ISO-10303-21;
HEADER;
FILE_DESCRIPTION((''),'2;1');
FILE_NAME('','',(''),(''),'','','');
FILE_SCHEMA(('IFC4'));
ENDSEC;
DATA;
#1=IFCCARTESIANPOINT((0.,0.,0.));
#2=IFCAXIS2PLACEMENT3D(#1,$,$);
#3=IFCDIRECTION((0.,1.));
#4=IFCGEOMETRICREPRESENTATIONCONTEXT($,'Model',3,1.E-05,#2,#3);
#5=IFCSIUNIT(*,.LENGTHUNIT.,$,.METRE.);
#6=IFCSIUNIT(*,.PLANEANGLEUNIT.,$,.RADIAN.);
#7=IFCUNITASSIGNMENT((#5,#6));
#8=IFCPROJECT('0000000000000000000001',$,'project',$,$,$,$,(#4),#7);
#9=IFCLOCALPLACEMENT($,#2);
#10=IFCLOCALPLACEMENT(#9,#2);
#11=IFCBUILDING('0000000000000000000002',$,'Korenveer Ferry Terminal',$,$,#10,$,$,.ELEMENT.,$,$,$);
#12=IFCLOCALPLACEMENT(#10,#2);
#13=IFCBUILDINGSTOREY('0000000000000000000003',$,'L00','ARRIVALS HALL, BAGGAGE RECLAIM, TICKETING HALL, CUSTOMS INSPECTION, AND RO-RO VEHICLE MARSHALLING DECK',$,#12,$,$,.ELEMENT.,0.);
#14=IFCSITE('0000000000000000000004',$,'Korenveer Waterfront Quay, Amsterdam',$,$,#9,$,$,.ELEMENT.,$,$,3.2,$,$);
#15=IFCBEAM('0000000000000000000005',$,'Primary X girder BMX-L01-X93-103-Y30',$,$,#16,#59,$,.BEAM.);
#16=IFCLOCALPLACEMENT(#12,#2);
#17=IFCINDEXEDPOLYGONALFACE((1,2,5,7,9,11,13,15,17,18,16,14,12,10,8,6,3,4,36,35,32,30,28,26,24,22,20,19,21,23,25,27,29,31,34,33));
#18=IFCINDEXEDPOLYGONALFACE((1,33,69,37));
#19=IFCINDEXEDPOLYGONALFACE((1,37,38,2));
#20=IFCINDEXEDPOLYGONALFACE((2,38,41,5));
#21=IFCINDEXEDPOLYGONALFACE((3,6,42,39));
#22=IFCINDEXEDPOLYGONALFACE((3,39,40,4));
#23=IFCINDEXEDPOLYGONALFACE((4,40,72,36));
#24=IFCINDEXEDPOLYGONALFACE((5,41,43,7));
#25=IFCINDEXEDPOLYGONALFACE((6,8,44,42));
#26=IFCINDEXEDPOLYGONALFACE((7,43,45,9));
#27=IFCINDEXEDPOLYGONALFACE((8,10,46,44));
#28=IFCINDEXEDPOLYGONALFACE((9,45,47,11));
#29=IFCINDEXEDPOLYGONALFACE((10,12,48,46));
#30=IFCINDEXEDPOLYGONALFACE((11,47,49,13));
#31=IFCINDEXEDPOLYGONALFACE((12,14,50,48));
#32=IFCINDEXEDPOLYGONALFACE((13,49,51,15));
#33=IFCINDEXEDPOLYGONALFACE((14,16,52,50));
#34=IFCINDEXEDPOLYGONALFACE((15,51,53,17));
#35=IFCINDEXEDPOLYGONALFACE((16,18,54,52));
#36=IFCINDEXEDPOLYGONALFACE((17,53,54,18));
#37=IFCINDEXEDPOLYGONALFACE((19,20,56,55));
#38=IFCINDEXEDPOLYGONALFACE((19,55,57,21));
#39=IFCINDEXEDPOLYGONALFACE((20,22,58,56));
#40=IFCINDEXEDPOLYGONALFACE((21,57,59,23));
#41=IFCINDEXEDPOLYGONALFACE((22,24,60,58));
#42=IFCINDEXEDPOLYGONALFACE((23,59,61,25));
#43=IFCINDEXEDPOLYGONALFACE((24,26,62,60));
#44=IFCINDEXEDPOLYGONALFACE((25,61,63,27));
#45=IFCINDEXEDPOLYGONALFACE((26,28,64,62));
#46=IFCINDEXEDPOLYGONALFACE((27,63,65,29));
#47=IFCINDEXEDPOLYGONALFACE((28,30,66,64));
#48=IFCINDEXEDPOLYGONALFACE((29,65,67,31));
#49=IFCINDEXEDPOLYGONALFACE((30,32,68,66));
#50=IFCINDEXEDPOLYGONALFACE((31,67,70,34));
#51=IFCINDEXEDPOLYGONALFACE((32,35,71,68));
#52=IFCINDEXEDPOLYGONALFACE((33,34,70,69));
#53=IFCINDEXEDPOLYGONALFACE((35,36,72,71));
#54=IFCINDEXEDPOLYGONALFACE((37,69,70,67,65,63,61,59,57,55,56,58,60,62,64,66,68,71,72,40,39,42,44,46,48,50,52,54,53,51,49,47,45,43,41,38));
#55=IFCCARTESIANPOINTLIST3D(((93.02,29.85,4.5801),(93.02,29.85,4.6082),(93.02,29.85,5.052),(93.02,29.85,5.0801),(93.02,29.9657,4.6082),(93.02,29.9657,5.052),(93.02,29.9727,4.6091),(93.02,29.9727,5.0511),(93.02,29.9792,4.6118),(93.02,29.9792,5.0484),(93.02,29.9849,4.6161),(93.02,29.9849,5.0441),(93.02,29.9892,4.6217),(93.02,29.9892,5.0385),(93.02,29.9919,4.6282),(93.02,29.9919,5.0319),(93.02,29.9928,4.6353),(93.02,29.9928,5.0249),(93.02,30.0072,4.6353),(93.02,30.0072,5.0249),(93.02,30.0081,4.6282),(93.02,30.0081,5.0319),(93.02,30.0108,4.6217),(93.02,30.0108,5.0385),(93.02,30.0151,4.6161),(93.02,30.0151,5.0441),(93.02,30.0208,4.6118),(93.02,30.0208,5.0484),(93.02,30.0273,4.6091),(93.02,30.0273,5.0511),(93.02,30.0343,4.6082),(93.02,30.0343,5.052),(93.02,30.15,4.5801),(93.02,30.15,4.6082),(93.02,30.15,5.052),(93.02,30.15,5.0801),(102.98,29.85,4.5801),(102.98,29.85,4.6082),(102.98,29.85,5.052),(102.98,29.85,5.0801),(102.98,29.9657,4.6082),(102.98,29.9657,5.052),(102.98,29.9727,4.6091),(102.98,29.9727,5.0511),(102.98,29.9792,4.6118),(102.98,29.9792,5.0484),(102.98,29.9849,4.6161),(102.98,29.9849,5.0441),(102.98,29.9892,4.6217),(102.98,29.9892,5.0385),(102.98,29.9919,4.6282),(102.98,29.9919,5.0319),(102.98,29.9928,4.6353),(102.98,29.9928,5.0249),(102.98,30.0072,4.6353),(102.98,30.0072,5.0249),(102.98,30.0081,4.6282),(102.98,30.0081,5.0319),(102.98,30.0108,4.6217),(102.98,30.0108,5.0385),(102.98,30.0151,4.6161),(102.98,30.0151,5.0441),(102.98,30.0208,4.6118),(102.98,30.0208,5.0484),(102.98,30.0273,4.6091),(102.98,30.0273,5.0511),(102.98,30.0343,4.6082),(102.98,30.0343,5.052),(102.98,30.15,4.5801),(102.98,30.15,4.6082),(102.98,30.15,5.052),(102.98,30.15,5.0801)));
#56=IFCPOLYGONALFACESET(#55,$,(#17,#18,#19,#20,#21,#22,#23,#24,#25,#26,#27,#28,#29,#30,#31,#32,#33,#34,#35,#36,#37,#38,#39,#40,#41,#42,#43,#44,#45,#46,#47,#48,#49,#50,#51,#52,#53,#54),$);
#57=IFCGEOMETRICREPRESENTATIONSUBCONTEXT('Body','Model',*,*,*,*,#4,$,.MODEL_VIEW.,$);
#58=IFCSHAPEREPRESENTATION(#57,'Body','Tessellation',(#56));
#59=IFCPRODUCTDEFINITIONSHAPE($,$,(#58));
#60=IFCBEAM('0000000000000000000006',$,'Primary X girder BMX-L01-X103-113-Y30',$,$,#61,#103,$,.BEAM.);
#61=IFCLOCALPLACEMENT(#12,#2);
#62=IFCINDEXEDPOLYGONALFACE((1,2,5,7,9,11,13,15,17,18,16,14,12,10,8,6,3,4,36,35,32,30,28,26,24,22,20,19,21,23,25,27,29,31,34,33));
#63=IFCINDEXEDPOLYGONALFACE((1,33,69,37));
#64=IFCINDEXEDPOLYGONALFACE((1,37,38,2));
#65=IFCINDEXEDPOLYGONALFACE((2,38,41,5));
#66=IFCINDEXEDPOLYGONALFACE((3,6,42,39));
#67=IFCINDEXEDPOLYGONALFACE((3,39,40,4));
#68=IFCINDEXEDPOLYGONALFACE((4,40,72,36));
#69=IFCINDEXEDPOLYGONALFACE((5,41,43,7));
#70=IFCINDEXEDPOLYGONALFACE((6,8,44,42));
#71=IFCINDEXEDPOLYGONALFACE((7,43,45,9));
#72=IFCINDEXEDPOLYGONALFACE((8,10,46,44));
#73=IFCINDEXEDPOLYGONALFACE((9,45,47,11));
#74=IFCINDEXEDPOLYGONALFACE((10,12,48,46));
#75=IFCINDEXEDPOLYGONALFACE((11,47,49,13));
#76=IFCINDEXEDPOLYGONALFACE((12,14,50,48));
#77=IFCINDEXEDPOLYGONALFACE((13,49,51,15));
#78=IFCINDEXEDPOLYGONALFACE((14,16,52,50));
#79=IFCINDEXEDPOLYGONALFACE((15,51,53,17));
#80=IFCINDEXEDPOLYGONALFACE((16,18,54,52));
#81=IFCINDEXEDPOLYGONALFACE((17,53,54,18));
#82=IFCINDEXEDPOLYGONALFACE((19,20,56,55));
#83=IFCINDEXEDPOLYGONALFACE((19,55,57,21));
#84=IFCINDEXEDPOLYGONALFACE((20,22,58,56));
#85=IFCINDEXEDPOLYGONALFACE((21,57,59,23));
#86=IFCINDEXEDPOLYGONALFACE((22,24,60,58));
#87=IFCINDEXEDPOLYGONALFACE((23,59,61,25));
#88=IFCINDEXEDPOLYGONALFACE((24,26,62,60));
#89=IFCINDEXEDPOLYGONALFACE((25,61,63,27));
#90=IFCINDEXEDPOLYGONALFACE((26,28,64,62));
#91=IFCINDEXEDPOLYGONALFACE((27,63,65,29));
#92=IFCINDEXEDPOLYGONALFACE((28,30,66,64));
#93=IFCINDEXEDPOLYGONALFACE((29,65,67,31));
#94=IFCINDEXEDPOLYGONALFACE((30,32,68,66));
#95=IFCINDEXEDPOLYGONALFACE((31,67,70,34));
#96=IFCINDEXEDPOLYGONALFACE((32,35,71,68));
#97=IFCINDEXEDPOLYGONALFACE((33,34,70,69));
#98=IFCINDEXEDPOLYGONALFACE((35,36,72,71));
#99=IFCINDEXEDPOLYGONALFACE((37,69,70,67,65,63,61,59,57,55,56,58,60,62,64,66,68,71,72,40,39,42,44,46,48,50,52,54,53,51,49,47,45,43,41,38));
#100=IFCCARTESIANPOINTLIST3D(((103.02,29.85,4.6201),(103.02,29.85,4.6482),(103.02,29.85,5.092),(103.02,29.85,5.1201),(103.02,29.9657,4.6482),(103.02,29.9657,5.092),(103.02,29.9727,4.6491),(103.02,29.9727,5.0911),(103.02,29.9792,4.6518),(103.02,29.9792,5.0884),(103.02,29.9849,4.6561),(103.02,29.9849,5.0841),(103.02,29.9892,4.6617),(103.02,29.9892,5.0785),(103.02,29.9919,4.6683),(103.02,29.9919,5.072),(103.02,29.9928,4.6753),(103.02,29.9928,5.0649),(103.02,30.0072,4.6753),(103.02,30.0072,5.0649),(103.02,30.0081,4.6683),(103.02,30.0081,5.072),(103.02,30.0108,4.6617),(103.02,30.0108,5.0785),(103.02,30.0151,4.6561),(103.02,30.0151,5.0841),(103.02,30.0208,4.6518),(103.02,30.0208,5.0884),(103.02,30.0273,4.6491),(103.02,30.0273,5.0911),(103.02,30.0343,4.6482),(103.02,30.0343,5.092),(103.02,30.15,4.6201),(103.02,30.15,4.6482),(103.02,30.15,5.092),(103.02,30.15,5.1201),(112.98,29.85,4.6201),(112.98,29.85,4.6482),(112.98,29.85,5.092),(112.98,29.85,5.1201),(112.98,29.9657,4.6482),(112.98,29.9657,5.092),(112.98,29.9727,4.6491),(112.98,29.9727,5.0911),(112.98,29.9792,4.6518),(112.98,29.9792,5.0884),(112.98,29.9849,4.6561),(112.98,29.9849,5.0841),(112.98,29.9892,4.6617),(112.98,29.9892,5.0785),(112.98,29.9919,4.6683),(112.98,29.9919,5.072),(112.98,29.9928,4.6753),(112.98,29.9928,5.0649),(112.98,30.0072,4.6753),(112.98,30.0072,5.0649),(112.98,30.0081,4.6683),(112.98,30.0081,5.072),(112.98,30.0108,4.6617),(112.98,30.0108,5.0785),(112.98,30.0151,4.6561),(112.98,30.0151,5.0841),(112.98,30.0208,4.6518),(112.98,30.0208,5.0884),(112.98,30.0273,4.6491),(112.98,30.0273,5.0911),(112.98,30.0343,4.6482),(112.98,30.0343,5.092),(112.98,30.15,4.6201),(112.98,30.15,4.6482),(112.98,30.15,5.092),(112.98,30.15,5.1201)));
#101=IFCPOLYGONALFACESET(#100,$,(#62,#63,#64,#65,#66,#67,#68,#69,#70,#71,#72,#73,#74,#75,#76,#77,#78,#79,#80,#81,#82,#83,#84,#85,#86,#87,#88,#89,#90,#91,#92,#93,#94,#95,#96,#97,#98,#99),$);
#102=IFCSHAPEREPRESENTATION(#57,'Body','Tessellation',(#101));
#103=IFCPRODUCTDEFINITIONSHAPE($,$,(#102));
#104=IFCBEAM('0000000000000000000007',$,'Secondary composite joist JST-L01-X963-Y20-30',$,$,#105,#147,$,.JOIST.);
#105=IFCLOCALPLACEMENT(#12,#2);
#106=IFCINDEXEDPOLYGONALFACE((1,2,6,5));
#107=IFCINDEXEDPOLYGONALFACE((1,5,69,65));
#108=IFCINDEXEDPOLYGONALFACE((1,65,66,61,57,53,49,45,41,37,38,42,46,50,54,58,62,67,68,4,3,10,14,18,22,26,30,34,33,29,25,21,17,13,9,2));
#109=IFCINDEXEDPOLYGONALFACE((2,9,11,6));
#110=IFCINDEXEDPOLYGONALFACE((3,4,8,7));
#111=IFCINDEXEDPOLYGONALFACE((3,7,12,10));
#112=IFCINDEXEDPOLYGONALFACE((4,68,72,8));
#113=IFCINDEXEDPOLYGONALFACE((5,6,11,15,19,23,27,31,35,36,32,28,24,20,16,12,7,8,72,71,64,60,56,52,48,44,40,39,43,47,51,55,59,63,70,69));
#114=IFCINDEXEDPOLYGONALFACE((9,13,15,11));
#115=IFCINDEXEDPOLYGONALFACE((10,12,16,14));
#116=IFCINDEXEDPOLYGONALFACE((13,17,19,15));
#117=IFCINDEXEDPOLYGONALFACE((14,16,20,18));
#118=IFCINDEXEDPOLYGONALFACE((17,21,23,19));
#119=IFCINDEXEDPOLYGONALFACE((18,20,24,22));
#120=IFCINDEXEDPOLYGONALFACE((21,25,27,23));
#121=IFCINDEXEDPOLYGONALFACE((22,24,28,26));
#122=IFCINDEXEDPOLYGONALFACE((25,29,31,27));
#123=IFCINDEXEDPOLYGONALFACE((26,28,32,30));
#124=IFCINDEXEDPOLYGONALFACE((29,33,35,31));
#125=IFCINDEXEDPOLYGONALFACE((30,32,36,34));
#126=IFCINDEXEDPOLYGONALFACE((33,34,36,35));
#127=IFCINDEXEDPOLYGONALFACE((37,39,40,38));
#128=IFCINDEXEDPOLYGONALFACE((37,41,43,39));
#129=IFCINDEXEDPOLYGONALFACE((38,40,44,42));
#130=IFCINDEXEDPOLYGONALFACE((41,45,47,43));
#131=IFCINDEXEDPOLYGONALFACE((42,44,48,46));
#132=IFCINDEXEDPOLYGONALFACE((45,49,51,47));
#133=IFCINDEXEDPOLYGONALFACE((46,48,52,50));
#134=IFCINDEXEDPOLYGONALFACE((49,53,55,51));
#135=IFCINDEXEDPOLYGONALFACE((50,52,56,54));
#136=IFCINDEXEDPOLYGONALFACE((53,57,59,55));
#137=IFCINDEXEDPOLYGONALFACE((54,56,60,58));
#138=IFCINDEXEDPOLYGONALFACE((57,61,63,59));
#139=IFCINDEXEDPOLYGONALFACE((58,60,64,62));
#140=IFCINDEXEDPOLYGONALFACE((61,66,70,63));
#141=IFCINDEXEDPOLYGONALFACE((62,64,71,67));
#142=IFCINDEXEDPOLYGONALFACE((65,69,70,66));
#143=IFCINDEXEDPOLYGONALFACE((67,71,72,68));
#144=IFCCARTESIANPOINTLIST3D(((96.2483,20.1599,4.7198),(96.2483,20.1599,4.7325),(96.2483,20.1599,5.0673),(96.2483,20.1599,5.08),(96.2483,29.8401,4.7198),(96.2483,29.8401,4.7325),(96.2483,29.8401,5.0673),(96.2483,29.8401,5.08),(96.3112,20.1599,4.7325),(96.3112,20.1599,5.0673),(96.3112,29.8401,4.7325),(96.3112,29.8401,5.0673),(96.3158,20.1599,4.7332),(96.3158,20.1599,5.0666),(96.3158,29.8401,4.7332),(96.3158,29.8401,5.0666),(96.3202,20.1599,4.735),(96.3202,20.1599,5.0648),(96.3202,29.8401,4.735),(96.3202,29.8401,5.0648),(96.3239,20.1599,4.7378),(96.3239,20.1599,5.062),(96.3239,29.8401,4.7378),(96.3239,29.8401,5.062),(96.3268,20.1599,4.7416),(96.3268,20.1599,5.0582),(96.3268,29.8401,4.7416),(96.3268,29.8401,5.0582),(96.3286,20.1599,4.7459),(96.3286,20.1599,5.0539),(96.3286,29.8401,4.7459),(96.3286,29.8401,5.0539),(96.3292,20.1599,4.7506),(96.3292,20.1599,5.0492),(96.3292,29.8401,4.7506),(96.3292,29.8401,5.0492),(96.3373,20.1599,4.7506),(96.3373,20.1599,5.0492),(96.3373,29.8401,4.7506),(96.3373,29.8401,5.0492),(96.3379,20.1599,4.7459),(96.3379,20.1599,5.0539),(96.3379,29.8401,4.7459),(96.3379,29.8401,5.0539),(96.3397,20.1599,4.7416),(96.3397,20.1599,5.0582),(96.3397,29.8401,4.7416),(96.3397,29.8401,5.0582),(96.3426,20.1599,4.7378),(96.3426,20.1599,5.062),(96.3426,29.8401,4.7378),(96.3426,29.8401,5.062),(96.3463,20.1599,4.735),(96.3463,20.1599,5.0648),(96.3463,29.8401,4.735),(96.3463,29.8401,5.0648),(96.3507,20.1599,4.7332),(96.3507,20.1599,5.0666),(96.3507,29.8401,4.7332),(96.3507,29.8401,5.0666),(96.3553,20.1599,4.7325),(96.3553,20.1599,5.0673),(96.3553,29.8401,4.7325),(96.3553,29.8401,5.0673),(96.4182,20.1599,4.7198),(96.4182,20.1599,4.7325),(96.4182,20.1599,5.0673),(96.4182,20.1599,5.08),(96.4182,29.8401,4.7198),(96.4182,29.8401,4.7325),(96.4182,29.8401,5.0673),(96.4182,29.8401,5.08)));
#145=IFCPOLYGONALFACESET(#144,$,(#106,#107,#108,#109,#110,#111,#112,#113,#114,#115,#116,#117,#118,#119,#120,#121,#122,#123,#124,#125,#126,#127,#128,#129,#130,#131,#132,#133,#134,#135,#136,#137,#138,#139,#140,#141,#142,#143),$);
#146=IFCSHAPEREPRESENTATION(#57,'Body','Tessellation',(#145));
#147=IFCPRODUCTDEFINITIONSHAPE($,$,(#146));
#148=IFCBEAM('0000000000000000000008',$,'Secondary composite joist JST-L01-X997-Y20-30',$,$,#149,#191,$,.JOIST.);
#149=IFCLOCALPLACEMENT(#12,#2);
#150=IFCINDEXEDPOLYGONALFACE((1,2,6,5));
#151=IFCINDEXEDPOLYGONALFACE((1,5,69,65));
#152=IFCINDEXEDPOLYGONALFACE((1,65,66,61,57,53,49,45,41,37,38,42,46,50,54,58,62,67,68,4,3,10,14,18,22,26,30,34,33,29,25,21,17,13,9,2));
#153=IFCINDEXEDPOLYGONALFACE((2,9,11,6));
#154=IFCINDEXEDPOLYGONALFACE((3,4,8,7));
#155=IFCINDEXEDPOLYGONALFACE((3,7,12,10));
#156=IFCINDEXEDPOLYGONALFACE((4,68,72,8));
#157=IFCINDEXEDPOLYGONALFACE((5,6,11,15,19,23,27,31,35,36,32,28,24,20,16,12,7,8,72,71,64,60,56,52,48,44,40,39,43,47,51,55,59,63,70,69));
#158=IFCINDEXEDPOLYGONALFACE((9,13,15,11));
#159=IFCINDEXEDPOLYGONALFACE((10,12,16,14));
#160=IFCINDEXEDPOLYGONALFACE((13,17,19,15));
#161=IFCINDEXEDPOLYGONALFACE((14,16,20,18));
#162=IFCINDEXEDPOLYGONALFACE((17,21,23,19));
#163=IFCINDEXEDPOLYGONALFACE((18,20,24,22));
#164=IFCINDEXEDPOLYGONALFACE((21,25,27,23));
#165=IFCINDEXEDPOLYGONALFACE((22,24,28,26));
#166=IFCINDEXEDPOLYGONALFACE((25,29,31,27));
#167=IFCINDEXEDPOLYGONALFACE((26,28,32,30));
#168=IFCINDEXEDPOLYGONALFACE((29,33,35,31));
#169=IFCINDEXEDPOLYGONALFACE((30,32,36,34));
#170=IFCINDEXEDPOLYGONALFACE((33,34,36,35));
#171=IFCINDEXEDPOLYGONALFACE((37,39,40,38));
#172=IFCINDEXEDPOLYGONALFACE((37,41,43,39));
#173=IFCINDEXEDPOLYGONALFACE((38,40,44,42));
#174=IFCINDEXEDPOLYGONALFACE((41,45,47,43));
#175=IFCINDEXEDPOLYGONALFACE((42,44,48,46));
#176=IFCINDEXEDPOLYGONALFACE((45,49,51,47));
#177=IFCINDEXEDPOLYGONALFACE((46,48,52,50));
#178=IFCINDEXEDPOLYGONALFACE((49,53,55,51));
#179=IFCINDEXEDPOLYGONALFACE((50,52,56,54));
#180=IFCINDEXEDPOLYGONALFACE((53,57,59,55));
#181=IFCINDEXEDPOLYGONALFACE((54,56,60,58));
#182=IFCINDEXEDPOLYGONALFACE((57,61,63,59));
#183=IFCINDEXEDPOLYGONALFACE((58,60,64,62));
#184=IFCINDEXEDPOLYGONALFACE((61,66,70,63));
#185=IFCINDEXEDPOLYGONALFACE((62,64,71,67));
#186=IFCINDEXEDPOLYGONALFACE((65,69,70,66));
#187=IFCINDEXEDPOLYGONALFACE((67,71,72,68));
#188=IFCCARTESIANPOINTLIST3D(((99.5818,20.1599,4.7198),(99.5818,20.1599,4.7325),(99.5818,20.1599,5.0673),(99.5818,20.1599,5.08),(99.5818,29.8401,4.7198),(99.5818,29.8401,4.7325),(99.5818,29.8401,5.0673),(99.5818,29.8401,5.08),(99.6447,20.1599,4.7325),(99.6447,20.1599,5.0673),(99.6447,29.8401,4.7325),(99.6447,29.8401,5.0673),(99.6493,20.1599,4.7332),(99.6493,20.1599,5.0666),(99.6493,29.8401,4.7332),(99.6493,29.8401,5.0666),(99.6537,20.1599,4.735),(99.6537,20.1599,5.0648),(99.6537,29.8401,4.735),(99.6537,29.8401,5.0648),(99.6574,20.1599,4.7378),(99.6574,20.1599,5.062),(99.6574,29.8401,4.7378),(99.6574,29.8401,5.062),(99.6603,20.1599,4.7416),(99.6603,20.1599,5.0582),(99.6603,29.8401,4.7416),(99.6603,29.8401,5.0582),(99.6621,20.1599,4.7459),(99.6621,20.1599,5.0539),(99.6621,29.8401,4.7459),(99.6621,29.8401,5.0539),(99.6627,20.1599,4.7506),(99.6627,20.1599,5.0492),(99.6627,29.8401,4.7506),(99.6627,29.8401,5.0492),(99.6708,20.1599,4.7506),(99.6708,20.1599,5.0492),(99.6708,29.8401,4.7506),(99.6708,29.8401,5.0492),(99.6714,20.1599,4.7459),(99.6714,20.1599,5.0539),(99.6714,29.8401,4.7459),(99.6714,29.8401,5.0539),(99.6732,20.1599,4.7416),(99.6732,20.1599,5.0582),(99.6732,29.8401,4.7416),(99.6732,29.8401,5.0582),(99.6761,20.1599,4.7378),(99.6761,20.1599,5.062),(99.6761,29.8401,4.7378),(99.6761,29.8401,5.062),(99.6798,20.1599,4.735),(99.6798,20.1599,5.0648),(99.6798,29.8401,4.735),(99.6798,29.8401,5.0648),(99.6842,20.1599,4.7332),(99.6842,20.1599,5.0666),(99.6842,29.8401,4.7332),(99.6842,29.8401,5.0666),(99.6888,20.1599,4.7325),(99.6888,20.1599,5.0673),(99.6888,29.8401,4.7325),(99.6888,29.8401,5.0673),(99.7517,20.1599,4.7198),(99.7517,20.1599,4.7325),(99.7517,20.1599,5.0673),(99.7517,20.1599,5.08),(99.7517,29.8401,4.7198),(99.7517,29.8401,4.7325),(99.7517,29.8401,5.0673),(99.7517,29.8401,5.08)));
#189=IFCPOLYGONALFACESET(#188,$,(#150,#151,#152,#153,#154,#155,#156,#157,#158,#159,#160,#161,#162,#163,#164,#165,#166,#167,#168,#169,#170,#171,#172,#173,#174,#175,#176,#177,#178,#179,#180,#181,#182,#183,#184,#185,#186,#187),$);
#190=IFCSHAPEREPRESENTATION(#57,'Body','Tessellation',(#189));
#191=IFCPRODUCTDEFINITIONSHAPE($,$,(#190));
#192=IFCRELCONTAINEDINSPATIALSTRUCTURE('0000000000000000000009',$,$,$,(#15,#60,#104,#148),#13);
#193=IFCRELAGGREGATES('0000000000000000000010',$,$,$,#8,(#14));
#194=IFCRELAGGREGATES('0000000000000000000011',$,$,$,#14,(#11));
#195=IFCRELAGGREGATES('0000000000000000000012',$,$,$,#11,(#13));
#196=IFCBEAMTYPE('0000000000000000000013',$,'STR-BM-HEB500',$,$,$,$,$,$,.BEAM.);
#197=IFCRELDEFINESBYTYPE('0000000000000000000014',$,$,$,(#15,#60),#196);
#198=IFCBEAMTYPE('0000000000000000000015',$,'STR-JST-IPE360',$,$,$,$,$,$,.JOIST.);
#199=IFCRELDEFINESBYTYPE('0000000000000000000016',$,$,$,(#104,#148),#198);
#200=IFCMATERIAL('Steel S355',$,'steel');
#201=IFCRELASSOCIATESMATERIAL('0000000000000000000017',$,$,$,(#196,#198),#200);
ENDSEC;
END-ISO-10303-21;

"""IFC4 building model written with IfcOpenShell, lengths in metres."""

from ifc_helpers import new_model, si_unit, direction, frame, origin, origin_2d, place, context, subcontext, project, spatial, i_section, extrude, material, material_profile, profile_set, type_object, element, save


model = new_model("IFC4")

# Units and contexts
model_context = context("Model", 3, precision=1e-05, world=origin(), true_north=direction((0.0, 1.0)))
body_context = subcontext(model_context, "Body", "Model", "MODEL_VIEW")
ifc_project = project(units=[si_unit("LENGTHUNIT", "METRE"), si_unit("PLANEANGLEUNIT", "RADIAN")], contexts=[model_context])

# Site, building, storey
site_placement = place(None, origin())
site = spatial("IfcSite", under=ifc_project, at=site_placement, Name="Korenveer Waterfront Quay, Amsterdam", CompositionType="ELEMENT", RefElevation=3.2)
building_placement = place(site_placement, origin())
building = spatial("IfcBuilding", under=site, at=building_placement, Name="Korenveer Ferry Terminal", CompositionType="ELEMENT")
storey_placement = place(building_placement, origin())
storey = spatial("IfcBuildingStorey", under=building, at=storey_placement, Name="L00", Description="ARRIVALS HALL, BAGGAGE RECLAIM, TICKETING HALL, CUSTOMS INSPECTION, AND RO-RO VEHICLE MARSHALLING DECK", CompositionType="ELEMENT", Elevation=0.0)

# Shared definitions
ifc_material_1 = material(Name="Steel S355", Category="steel")

# Beams
ifc_material_profile_1 = material_profile(ifc_material_1, i_section(OverallWidth=0.3, OverallDepth=0.5, WebThickness=0.0144, FlangeThickness=0.0281, FilletRadius=0.0271, at=origin_2d()), Name="HEB 500")
ifc_profile_set_1 = profile_set([ifc_material_profile_1], Name="Steel S355")
beam_type_1 = type_object("IfcBeamType", Name="STR-BM-HEB500", PredefinedType="BEAM", material=ifc_profile_set_1)
for number, where, z_axis, x_axis, name in (
    (1, (93.02, 30.0, 4.8301), (1.0, 0.0, 0.0), (0.0, 1.0, 0.0), "Primary X girder BMX-L01-X93-103-Y30"),
    (2, (103.02, 30.0, 4.8701), (1.0, 0.0, 0.0), (0.0, 1.0, 0.0), "Primary X girder BMX-L01-X103-113-Y30"),
):
    element("IfcBeam", number, at=place(storey_placement, frame(where, z_axis=z_axis, x_axis=x_axis)), inside=storey, type_object=beam_type_1, Name=name, PredefinedType="BEAM", context=body_context, shape_type="SweptSolid", body=[
        extrude(i_section(OverallWidth=0.3, OverallDepth=0.5, WebThickness=0.0144, FlangeThickness=0.0281, FilletRadius=0.0271, at=origin_2d()), origin(), (0.0, 0.0, 1.0), 9.96),
    ])
ifc_material_profile_2 = material_profile(ifc_material_1, i_section(OverallWidth=0.1699, OverallDepth=0.3601, WebThickness=0.0081, FlangeThickness=0.0127, FilletRadius=0.0181, at=origin_2d()), Name="IPE 360")
ifc_profile_set_2 = profile_set([ifc_material_profile_2], Name="Steel S355")
beam_type_2 = type_object("IfcBeamType", Name="STR-JST-IPE360", PredefinedType="JOIST", material=ifc_profile_set_2)
for number, where, z_axis, x_axis, name in (
    (3, (96.3333, 20.1599, 4.8999), (0.0, 1.0, 0.0), (-1.0, 0.0, 0.0), "Secondary composite joist JST-L01-X963-Y20-30"),
    (4, (99.6667, 20.1599, 4.8999), (0.0, 1.0, 0.0), (-1.0, 0.0, 0.0), "Secondary composite joist JST-L01-X997-Y20-30"),
):
    element("IfcBeam", number, at=place(storey_placement, frame(where, z_axis=z_axis, x_axis=x_axis)), inside=storey, type_object=beam_type_2, Name=name, PredefinedType="JOIST", context=body_context, shape_type="SweptSolid", body=[
        extrude(i_section(OverallWidth=0.1699, OverallDepth=0.3601, WebThickness=0.0081, FlangeThickness=0.0127, FilletRadius=0.0181, at=origin_2d()), origin(), (0.0, 0.0, 1.0), 9.6802),
    ])

save(model, "model.ifc")
